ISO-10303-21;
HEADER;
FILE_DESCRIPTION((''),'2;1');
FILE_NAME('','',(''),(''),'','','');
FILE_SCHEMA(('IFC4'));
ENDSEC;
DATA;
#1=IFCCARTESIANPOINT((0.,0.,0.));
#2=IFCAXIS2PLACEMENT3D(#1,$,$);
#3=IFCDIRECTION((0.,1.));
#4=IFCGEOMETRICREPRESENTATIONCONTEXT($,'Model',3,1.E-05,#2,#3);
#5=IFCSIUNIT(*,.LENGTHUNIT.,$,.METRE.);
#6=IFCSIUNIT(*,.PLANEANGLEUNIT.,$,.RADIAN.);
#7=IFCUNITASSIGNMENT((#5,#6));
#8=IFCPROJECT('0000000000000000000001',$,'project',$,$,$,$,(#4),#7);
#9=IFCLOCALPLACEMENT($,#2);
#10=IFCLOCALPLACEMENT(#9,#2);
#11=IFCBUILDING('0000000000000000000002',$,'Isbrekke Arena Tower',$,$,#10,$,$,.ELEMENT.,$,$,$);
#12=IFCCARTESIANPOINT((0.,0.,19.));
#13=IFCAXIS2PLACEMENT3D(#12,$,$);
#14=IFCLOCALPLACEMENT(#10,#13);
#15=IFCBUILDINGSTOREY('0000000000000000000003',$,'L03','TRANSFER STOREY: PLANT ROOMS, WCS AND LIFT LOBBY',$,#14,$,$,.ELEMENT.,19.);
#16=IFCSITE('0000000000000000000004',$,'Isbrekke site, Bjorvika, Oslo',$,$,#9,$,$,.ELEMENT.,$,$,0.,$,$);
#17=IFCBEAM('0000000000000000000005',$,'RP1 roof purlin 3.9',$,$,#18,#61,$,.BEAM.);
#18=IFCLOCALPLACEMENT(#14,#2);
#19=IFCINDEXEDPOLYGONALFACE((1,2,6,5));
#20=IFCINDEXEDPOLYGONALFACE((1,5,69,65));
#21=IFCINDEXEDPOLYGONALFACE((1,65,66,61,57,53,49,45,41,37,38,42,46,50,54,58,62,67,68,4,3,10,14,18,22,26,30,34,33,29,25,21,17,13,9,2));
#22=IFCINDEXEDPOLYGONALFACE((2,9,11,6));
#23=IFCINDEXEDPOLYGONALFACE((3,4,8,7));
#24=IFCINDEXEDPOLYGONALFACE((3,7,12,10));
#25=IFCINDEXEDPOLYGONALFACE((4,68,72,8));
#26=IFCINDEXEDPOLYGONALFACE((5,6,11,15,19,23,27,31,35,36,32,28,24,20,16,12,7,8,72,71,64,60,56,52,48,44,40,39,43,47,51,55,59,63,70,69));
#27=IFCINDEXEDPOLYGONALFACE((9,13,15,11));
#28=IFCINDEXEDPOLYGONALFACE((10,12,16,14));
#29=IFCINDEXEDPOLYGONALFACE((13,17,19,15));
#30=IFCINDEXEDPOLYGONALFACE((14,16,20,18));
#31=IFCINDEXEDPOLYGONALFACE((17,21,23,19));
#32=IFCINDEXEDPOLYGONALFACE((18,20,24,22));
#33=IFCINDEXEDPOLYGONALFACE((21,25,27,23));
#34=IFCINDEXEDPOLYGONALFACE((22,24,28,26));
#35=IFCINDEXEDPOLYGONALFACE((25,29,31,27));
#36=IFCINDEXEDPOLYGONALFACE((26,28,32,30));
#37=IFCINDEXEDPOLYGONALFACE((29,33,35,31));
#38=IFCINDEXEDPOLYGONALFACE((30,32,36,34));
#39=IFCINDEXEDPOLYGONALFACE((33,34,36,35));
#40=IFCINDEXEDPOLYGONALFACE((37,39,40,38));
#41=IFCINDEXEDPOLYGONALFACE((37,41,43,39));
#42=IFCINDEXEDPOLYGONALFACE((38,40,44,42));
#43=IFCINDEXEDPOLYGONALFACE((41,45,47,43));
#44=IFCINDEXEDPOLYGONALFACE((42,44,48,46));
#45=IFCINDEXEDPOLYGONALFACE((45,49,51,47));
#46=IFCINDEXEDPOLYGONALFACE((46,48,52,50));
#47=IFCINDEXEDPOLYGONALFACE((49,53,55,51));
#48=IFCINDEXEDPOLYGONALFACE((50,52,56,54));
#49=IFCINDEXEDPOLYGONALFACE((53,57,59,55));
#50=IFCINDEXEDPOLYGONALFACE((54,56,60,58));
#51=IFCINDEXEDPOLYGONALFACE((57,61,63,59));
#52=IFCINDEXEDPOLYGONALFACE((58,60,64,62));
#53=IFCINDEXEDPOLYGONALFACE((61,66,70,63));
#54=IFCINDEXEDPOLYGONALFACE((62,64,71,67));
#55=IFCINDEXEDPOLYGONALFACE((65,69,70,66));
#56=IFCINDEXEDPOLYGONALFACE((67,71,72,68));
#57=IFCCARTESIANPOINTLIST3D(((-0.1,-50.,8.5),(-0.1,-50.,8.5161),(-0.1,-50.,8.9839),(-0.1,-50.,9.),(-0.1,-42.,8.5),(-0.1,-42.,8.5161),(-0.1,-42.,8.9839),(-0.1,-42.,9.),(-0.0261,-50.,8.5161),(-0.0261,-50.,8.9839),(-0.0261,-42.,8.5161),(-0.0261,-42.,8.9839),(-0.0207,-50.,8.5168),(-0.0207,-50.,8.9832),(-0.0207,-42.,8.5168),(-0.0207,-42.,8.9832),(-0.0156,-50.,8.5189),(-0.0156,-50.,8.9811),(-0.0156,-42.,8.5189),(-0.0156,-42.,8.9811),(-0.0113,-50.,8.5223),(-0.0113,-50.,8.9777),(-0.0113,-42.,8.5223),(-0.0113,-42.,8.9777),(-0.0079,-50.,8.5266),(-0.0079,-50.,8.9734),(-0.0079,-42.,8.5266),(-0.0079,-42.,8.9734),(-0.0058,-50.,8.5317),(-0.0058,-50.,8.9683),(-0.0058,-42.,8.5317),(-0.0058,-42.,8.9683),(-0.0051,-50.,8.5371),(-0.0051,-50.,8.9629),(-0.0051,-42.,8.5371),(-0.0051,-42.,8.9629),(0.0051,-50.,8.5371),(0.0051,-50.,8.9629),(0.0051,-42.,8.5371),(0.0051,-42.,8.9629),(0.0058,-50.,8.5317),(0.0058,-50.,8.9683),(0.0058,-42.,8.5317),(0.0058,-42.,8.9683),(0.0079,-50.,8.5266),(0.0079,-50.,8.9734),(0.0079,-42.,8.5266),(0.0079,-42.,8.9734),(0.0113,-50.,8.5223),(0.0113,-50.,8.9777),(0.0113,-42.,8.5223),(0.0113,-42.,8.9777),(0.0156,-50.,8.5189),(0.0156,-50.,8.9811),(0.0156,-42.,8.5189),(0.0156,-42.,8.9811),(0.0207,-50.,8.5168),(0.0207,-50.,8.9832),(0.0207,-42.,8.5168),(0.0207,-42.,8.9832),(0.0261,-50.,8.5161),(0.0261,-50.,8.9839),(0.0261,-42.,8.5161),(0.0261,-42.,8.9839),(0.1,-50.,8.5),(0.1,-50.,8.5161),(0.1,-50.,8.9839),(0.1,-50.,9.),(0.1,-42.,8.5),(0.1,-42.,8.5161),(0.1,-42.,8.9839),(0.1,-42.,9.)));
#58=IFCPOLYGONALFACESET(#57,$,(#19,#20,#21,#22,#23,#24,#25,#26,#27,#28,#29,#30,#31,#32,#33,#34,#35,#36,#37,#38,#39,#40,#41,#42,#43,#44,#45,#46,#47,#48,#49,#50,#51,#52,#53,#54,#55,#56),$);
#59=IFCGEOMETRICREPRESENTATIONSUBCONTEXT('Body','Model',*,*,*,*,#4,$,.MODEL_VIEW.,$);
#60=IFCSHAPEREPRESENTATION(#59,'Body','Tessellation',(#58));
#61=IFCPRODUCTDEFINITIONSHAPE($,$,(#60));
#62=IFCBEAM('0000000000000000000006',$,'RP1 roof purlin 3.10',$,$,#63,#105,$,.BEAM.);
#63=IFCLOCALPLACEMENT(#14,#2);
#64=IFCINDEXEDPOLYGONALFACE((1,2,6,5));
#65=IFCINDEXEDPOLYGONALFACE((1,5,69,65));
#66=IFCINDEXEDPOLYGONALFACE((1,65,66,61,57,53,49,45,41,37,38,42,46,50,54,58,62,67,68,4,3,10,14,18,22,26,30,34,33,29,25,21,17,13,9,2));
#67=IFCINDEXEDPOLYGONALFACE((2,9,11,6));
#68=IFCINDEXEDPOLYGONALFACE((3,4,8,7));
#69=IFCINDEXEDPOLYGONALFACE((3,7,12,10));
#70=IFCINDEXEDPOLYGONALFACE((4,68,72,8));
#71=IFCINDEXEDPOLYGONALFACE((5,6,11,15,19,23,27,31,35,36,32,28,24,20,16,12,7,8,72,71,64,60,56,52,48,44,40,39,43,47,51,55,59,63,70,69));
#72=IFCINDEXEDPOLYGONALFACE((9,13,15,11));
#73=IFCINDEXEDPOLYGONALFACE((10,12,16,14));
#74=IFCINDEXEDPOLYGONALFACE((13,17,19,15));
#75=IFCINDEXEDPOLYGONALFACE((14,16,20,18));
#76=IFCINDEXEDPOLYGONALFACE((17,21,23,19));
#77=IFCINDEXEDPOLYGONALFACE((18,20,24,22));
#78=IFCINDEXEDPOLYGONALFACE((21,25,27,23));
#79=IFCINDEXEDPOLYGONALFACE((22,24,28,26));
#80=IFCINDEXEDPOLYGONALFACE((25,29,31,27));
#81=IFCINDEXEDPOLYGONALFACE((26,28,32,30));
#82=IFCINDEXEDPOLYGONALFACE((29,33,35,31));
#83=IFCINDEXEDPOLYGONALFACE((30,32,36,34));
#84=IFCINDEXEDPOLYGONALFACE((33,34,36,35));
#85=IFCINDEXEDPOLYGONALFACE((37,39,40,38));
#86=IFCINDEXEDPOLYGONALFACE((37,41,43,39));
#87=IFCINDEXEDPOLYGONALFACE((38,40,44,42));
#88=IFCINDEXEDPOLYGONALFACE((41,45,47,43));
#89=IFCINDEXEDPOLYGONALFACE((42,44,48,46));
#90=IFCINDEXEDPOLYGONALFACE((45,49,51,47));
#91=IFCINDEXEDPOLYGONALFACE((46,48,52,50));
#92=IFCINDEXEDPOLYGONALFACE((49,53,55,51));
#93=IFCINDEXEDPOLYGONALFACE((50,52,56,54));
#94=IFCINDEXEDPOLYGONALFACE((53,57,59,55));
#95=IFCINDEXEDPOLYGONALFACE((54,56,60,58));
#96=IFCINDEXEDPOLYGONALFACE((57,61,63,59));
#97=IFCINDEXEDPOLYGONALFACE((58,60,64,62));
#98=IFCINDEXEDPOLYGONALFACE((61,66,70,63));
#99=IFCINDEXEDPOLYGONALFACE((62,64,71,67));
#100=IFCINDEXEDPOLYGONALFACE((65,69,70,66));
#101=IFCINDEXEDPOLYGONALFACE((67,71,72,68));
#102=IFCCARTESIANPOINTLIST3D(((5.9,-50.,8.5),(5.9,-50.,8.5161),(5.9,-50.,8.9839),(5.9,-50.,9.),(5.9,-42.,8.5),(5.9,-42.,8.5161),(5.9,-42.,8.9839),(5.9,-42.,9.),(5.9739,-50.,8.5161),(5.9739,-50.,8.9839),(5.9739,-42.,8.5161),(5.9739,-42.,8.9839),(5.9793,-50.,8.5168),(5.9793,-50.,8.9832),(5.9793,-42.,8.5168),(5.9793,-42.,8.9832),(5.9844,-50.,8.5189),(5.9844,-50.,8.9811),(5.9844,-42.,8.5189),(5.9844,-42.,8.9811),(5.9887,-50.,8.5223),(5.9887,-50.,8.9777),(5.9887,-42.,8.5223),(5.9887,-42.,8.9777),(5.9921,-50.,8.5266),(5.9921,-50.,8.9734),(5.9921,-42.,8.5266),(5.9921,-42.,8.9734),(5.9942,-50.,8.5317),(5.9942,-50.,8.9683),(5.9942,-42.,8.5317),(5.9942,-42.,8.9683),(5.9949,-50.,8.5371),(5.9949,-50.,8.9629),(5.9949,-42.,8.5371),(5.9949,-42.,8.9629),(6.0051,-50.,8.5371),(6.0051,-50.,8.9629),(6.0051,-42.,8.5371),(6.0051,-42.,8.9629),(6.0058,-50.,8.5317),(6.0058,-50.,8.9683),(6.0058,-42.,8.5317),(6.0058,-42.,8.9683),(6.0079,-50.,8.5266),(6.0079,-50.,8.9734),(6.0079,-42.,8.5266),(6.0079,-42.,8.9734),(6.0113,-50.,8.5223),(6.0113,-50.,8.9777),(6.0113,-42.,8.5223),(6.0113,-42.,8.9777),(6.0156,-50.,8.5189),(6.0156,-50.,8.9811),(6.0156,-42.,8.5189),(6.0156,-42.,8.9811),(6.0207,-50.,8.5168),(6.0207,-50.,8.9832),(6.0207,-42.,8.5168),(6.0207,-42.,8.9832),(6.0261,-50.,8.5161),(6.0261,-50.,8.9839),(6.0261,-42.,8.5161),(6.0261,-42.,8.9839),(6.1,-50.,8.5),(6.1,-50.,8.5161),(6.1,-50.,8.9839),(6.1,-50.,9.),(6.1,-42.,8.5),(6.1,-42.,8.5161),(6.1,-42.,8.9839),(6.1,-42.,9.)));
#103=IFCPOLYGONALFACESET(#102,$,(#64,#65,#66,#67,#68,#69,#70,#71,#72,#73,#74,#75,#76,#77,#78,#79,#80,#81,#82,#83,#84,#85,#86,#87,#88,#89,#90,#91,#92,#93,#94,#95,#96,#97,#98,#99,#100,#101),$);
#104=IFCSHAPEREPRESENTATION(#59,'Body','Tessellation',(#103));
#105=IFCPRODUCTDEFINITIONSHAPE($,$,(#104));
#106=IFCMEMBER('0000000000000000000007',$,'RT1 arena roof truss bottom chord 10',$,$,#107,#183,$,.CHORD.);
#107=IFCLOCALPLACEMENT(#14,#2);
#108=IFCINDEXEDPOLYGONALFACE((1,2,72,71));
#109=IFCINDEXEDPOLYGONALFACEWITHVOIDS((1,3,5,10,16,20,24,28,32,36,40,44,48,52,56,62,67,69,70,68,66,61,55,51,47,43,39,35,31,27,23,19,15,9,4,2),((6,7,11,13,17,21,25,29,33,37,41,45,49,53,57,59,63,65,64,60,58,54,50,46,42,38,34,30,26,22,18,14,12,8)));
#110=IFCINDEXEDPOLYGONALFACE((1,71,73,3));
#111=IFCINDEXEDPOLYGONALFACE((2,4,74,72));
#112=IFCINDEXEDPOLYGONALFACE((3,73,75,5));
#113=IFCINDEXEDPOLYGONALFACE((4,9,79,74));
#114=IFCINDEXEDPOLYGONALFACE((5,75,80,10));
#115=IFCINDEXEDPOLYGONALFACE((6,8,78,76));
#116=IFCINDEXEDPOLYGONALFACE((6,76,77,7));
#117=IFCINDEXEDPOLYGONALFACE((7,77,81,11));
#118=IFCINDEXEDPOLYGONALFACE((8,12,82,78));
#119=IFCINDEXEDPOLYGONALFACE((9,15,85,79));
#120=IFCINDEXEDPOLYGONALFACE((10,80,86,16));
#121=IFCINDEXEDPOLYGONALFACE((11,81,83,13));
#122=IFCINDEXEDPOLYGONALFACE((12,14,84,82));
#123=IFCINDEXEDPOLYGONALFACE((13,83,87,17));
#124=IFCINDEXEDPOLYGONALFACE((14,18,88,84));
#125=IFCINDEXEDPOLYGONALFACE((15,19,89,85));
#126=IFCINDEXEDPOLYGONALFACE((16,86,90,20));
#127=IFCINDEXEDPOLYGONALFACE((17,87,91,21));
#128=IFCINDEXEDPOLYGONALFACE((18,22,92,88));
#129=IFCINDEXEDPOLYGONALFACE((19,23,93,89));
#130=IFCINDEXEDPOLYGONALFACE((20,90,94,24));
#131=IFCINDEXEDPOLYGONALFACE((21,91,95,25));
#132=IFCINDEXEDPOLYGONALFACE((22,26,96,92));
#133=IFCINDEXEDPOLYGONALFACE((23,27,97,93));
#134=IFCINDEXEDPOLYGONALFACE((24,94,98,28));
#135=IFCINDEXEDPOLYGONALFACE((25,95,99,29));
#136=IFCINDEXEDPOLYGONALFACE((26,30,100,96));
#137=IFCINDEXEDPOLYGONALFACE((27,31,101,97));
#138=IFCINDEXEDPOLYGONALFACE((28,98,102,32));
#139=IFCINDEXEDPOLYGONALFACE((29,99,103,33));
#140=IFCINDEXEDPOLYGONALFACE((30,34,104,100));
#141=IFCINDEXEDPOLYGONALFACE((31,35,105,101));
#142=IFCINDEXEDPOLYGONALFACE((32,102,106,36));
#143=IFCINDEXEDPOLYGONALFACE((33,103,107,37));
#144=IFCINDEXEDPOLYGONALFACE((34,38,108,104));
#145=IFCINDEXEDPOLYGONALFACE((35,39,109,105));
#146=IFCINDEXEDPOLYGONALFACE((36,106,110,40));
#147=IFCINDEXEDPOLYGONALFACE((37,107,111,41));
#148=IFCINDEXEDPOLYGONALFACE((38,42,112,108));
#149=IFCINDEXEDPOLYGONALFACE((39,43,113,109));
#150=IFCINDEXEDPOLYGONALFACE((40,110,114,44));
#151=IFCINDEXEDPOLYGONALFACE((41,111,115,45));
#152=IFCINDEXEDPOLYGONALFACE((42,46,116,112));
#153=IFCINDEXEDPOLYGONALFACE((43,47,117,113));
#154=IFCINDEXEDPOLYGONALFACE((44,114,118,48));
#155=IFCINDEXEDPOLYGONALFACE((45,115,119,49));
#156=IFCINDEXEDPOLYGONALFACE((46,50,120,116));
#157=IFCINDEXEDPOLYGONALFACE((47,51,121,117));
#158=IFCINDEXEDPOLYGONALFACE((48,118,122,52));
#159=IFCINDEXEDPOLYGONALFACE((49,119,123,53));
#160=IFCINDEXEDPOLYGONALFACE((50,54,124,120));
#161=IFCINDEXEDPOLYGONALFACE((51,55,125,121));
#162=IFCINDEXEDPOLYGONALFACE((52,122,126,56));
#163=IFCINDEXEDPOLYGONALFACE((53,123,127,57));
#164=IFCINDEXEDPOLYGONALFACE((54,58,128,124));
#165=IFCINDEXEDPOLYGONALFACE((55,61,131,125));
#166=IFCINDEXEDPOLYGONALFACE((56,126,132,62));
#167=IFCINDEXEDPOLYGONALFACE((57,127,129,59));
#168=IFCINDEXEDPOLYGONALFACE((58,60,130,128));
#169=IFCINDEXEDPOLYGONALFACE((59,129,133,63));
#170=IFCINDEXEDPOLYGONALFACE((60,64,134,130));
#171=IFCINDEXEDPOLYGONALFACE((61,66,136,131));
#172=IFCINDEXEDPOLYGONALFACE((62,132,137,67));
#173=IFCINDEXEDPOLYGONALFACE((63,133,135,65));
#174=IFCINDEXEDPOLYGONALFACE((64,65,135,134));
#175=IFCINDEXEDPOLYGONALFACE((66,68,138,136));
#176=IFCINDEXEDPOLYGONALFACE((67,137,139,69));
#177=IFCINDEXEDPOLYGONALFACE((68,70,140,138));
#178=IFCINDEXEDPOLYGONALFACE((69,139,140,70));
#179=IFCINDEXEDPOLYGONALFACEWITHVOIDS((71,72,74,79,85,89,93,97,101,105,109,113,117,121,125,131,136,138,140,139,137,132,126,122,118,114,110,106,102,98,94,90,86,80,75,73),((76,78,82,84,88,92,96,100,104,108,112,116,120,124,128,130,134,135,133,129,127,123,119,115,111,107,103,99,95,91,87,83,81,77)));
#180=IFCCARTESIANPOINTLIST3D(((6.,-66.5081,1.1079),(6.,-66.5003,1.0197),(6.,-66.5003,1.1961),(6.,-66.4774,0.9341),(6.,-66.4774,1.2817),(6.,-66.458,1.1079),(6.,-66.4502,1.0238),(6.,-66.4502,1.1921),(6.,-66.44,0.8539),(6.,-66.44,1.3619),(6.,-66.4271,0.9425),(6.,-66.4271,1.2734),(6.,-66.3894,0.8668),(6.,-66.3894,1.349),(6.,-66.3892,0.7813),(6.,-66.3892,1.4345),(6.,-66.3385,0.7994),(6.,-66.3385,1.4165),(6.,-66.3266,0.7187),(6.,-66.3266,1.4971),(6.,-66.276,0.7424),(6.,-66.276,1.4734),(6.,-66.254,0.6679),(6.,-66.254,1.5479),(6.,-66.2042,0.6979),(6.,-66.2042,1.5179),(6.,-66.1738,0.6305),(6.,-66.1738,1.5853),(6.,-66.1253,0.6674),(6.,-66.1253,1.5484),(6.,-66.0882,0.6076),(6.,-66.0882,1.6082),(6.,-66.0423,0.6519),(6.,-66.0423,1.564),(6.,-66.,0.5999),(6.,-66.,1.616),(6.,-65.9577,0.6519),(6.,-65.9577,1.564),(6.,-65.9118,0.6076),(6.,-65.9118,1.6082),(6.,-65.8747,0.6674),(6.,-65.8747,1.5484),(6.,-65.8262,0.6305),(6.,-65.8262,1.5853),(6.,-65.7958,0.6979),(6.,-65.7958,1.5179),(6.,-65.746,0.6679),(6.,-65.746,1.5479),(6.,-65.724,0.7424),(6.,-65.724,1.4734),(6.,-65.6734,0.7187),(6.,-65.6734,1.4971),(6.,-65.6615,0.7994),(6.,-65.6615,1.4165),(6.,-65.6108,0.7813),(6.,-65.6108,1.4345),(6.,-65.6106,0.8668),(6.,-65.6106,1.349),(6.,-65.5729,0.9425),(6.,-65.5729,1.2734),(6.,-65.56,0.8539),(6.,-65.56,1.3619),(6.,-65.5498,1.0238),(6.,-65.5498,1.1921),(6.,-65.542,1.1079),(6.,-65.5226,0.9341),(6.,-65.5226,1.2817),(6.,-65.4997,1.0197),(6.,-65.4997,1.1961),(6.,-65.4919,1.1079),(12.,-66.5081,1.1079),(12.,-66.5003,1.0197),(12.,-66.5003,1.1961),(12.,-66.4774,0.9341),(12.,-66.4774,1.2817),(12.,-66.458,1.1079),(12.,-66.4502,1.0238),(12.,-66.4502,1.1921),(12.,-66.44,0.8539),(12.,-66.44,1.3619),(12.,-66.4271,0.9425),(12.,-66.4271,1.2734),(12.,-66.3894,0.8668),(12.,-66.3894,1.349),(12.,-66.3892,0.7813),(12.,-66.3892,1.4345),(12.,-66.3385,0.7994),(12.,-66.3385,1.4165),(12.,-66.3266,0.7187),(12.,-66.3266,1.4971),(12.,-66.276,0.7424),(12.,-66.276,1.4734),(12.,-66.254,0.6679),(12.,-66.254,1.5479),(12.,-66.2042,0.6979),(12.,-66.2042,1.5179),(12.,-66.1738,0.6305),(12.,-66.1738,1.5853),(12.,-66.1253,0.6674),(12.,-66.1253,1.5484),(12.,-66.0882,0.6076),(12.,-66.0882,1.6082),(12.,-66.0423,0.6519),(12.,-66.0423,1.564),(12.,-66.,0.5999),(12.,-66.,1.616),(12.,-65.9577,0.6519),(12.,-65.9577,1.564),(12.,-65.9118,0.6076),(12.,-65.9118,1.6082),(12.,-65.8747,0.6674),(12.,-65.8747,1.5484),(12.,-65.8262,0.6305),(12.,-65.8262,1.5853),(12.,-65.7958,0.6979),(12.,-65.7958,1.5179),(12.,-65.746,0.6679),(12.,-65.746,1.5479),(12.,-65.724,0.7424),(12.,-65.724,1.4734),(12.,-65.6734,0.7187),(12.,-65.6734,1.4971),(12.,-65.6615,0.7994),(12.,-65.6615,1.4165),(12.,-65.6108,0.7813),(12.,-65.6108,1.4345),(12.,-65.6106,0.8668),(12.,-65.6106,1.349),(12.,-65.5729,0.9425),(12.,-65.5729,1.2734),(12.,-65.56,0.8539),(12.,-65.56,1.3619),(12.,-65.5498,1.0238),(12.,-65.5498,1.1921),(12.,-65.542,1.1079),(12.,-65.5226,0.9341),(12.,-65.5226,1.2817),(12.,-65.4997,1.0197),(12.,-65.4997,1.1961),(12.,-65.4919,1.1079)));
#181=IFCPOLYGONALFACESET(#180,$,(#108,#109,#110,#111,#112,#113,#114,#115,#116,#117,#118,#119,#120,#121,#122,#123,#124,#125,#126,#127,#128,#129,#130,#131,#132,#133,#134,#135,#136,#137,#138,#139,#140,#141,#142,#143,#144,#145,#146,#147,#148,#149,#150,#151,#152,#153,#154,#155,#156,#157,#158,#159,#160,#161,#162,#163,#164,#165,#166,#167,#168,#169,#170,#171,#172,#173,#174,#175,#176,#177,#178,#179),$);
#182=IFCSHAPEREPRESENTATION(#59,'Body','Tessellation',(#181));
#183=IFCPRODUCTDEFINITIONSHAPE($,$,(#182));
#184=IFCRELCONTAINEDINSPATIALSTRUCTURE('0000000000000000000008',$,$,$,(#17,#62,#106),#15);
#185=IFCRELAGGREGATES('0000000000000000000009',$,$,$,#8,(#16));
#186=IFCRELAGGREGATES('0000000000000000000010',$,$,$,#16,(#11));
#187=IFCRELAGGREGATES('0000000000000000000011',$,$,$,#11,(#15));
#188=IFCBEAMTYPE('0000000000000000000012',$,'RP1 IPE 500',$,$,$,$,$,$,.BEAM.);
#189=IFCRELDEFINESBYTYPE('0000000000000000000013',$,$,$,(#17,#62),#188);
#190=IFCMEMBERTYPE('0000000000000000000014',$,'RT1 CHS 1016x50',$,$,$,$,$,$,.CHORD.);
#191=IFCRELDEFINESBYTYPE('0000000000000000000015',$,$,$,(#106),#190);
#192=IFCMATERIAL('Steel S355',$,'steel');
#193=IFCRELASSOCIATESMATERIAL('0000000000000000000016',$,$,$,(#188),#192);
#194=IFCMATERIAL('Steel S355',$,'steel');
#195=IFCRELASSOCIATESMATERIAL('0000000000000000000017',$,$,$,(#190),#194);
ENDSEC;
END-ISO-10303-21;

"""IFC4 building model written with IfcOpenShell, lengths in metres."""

from ifc_helpers import new_model, si_unit, direction, frame, origin, origin_2d, place, context, subcontext, project, spatial, hollow_circle, i_section, extrude, material, material_profile, profile_set, type_object, element, save


model = new_model("IFC4")

# Units and contexts
model_context = context("Model", 3, precision=1e-05, world=origin(), true_north=direction((0.0, 1.0)))
body_context = subcontext(model_context, "Body", "Model", "MODEL_VIEW")
ifc_project = project(units=[si_unit("LENGTHUNIT", "METRE"), si_unit("PLANEANGLEUNIT", "RADIAN")], contexts=[model_context])

# Site, building, storey
site_placement = place(None, origin())
site = spatial("IfcSite", under=ifc_project, at=site_placement, Name="Isbrekke site, Bjorvika, Oslo", CompositionType="ELEMENT", RefElevation=0.0)
building_placement = place(site_placement, origin())
building = spatial("IfcBuilding", under=site, at=building_placement, Name="Isbrekke Arena Tower", CompositionType="ELEMENT")
storey_placement = place(building_placement, frame((0.0, 0.0, 19.0)))
storey = spatial("IfcBuildingStorey", under=building, at=storey_placement, Name="L03", Description="TRANSFER STOREY: PLANT ROOMS, WCS AND LIFT LOBBY", CompositionType="ELEMENT", Elevation=19.0)

# Beams
ifc_material_1 = material(Name="Steel S355", Category="steel")
ifc_material_profile_1 = material_profile(ifc_material_1, i_section(OverallWidth=0.2, OverallDepth=0.5, WebThickness=0.0103, FlangeThickness=0.0161, FilletRadius=0.021, at=origin_2d()), Name="IPE 500")
ifc_profile_set_1 = profile_set([ifc_material_profile_1], Name="Steel S355")
beam_type = type_object("IfcBeamType", Name="RP1 IPE 500", PredefinedType="BEAM", material=ifc_profile_set_1)
for number, where, z_axis, x_axis, name in (
    (1, (0.0, -50.0, 8.75), (0.0, 1.0, 0.0), (-1.0, 0.0, 0.0), "RP1 roof purlin 3.9"),
    (2, (6.0, -50.0, 8.75), (0.0, 1.0, 0.0), (-1.0, 0.0, 0.0), "RP1 roof purlin 3.10"),
):
    element("IfcBeam", number, at=place(storey_placement, frame(where, z_axis=z_axis, x_axis=x_axis)), inside=storey, type_object=beam_type, Name=name, PredefinedType="BEAM", context=body_context, shape_type="SweptSolid", body=[
        extrude(i_section(OverallWidth=0.2, OverallDepth=0.5, WebThickness=0.0103, FlangeThickness=0.0161, FilletRadius=0.021, at=origin_2d()), origin(), (0.0, 0.0, 1.0), 8.0),
    ])

# Member
ifc_material_2 = material(Name="Steel S355", Category="steel")
ifc_material_profile_2 = material_profile(ifc_material_2, hollow_circle(Radius=0.5081, WallThickness=0.05, at=origin_2d()), Name="CHS 1016x50")
ifc_profile_set_2 = profile_set([ifc_material_profile_2], Name="Steel S355")
member_type_1 = type_object("IfcMemberType", Name="RT1 CHS 1016x50", PredefinedType="CHORD", material=ifc_profile_set_2)
for number, where, z_axis, x_axis, name in (
    (3, (6.0, -66.0, 1.1079), (1.0, 0.0, 0.0), (0.0, 1.0, 0.0), "RT1 arena roof truss bottom chord 10"),
):
    element("IfcMember", number, at=place(storey_placement, frame(where, z_axis=z_axis, x_axis=x_axis)), inside=storey, type_object=member_type_1, Name=name, PredefinedType="CHORD", context=body_context, shape_type="SweptSolid", body=[
        extrude(hollow_circle(Radius=0.5081, WallThickness=0.05, at=origin_2d()), origin(), (0.0, 0.0, 1.0), 6.0),
    ])

save(model, "model.ifc")
